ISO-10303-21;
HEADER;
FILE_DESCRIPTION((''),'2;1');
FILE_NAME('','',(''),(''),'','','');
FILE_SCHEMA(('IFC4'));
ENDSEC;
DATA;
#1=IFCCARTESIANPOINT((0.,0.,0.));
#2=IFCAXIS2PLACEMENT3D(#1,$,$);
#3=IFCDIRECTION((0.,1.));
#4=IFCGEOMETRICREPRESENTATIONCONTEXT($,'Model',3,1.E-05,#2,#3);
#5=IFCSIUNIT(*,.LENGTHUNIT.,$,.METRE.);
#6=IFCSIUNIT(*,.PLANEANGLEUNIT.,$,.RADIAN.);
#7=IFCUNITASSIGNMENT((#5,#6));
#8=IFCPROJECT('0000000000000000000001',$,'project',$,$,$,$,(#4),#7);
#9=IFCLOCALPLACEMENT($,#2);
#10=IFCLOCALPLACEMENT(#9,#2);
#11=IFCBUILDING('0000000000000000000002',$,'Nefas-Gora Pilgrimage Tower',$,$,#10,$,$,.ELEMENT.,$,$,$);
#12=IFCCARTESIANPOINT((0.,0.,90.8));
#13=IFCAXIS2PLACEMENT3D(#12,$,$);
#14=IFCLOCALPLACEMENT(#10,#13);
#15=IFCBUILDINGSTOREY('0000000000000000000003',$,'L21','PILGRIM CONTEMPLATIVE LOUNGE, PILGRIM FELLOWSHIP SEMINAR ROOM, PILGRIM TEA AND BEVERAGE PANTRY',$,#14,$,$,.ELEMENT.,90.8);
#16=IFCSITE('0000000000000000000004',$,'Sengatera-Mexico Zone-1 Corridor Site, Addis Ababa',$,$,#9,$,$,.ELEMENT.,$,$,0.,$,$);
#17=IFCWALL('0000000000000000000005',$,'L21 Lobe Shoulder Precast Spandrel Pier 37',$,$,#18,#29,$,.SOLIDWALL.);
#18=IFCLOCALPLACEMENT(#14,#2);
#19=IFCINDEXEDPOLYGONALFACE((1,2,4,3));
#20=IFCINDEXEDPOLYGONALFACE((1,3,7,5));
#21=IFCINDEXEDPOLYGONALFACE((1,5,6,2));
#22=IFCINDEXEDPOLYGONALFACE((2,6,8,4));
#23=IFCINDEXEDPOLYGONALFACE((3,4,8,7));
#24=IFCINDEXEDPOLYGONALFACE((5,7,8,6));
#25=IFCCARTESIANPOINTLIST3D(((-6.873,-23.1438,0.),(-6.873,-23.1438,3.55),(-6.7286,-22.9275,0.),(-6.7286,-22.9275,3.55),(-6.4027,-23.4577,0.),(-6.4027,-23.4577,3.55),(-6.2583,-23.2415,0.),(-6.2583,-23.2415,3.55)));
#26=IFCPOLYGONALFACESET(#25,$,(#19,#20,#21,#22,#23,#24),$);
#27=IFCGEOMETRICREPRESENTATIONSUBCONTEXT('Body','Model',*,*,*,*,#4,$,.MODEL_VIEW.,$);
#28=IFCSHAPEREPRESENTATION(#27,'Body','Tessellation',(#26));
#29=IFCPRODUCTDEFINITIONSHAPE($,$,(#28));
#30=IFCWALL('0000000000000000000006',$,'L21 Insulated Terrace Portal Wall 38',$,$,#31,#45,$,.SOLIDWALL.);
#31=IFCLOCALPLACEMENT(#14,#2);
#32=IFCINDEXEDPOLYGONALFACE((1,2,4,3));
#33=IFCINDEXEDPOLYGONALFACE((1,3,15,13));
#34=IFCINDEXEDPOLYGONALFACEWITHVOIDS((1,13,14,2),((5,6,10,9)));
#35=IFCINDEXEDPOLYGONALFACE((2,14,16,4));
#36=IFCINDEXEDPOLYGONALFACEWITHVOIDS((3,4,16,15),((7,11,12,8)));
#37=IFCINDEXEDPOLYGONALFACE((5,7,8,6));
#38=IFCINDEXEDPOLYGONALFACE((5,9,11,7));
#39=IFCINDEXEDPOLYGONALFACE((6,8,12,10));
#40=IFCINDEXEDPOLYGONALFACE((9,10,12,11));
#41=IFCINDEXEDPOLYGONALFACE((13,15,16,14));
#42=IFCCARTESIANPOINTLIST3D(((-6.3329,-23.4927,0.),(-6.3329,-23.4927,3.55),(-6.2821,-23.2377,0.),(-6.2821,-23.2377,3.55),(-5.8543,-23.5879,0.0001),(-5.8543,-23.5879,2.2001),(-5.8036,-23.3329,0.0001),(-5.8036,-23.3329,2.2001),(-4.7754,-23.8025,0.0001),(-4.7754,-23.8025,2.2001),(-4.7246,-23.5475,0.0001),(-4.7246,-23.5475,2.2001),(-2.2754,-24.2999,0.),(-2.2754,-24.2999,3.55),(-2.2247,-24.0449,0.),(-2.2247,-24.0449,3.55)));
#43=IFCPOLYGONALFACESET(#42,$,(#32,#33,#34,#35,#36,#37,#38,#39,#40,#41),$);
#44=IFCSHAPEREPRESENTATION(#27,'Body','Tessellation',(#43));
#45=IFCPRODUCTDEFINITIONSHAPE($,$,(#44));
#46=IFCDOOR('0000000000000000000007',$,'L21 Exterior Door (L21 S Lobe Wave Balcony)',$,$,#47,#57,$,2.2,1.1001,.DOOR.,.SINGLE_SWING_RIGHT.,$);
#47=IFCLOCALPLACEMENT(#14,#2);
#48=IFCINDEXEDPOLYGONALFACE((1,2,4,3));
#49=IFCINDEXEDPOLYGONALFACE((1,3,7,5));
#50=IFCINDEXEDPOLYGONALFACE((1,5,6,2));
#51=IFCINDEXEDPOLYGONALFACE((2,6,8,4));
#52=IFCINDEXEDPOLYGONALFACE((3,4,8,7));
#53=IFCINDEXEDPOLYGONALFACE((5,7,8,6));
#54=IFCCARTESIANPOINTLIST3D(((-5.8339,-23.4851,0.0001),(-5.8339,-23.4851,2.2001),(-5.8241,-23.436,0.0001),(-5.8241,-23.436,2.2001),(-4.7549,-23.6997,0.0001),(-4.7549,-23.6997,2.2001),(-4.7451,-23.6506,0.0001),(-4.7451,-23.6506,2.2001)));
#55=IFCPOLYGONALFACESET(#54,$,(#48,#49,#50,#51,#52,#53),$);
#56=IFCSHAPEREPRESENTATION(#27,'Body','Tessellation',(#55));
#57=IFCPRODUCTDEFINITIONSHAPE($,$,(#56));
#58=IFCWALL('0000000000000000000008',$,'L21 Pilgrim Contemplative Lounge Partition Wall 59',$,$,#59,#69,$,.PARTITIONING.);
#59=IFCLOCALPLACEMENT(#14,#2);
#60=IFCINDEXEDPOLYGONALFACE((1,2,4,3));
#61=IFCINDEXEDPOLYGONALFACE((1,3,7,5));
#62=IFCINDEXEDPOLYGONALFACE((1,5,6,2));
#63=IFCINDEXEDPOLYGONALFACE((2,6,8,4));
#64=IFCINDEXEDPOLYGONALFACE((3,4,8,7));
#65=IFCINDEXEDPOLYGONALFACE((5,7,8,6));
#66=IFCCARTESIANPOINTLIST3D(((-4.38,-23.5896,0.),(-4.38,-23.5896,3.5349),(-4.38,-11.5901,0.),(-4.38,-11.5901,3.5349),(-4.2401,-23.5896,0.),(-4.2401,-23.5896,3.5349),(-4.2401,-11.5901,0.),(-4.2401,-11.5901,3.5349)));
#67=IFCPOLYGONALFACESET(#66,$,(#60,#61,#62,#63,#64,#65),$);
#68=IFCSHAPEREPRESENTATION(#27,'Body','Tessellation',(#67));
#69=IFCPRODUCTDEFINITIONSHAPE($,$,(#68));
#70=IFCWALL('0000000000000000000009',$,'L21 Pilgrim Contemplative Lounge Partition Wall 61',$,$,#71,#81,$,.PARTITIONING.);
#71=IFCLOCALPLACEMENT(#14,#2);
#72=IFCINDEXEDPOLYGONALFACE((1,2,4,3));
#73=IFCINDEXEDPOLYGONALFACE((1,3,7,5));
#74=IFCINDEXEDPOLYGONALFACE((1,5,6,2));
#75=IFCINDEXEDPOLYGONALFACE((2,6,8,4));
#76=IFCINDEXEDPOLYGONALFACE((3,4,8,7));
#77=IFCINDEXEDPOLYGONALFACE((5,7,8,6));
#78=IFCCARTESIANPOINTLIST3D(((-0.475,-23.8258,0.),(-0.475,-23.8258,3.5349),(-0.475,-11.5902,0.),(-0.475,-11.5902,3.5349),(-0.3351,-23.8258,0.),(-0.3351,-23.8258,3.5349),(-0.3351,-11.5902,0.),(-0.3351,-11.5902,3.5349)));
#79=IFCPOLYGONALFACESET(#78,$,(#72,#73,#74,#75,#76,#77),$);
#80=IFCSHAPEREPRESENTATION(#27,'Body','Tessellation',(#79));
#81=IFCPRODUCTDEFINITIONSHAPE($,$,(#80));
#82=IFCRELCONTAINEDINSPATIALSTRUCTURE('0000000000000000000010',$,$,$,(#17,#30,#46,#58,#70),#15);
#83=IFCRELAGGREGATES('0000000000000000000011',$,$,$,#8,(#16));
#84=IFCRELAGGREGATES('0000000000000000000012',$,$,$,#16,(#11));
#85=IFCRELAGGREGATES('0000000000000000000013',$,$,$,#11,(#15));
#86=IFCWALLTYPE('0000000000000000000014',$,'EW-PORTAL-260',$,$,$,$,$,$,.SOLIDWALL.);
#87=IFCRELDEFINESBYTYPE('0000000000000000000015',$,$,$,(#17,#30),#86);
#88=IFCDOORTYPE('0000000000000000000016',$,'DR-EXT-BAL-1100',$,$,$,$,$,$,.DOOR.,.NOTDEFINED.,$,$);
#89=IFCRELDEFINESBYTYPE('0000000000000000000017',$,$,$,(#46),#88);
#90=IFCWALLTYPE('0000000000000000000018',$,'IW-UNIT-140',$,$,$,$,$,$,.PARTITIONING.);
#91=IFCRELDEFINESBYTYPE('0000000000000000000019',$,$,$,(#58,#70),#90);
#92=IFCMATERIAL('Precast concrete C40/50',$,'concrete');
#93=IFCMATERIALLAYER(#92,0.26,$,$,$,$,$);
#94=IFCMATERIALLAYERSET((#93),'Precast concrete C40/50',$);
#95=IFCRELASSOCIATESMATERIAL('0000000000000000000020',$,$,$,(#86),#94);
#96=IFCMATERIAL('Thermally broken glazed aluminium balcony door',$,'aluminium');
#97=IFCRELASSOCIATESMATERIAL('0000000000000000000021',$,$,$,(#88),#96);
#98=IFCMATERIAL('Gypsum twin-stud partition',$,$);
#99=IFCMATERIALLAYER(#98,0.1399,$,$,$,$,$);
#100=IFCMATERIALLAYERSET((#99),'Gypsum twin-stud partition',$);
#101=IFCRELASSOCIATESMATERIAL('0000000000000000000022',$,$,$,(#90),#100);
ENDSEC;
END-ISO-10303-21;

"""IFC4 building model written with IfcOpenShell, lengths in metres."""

from ifc_helpers import new_model, si_unit, direction, frame, frame_2d, origin, place, context, subcontext, project, spatial, rectangle, extrude, source, transform, mapped, material, layer, layer_set, type_object, element, fill, save


model = new_model("IFC4")

# Units and contexts
model_context = context("Model", 3, precision=1e-05, world=origin(), true_north=direction((0.0, 1.0)))
body_context = subcontext(model_context, "Body", "Model", "MODEL_VIEW")
ifc_project = project(units=[si_unit("LENGTHUNIT", "METRE"), si_unit("PLANEANGLEUNIT", "RADIAN")], contexts=[model_context])

# Site, building, storey
site_placement = place(None, origin())
site = spatial("IfcSite", under=ifc_project, at=site_placement, Name="Sengatera-Mexico Zone-1 Corridor Site, Addis Ababa", CompositionType="ELEMENT", RefElevation=0.0)
building_placement = place(site_placement, origin())
building = spatial("IfcBuilding", under=site, at=building_placement, Name="Nefas-Gora Pilgrimage Tower", CompositionType="ELEMENT")
storey_placement = place(building_placement, frame((0.0, 0.0, 90.8)))
storey = spatial("IfcBuildingStorey", under=building, at=storey_placement, Name="L21", Description="PILGRIM CONTEMPLATIVE LOUNGE, PILGRIM FELLOWSHIP SEMINAR ROOM, PILGRIM TEA AND BEVERAGE PANTRY", CompositionType="ELEMENT", Elevation=90.8)

# Wall
ifc_material_1 = material(Name="Precast concrete C40/50", Category="concrete")
ifc_layer_1 = layer(ifc_material_1, 0.26)
ifc_layer_set_1 = layer_set([ifc_layer_1], Name="Precast concrete C40/50")
wall_type_1 = type_object("IfcWallType", Name="EW-PORTAL-260", PredefinedType="SOLIDWALL", material=ifc_layer_set_1)
shared_shape_1 = source(origin(), body_context, "Body", "SweptSolid", [
    extrude(rectangle(XDim=0.5654, YDim=0.26, at=frame_2d((0.2827, 0.0))), origin(), (0.0, 0.0, 1.0), 3.55),
])
wall_1_placement = place(storey_placement, frame((-6.8008, -23.0356, 0.0), z_axis=(0.0, 0.0, 1.0), x_axis=(0.831651, -0.555298, 0.0)))
element("IfcWall", 1, at=wall_1_placement, inside=storey, type_object=wall_type_1, Name="L21 Lobe Shoulder Precast Spandrel Pier 37", PredefinedType="SOLIDWALL", context=body_context, shape_type="MappedRepresentation", body=[
    mapped(shared_shape_1, transform((0.0, 0.0, 0.0), x_axis=(1.0, 0.0, 0.0), y_axis=(0.0, 1.0, 0.0), z_axis=(0.0, 0.0, 1.0), scale=1.0)),
])

# Wall, opening, door
shared_shape_2 = source(origin(), body_context, "Body", "SweptSolid", [
    extrude(rectangle(XDim=4.137, YDim=0.26, at=frame_2d((2.0684, 0.0))), origin(), (0.0, 0.0, 1.0), 3.55),
])
wall_2_placement = place(storey_placement, frame((-6.3074, -23.3652, 0.0), z_axis=(0.0, 0.0, 1.0), x_axis=(0.980782, -0.195106, 0.0)))
wall_2 = element("IfcWall", 2, at=wall_2_placement, inside=storey, type_object=wall_type_1, Name="L21 Insulated Terrace Portal Wall 38", PredefinedType="SOLIDWALL", context=body_context, shape_type="MappedRepresentation", body=[
    mapped(shared_shape_2, transform((0.0, 0.0, 0.0), x_axis=(1.0, 0.0, 0.0), y_axis=(0.0, 1.0, 0.0), z_axis=(0.0, 0.0, 1.0), scale=1.0)),
])
opening_placement = place(wall_2_placement, frame((0.4878, 0.0, 0.0)))
opening = element("IfcOpeningElement", 3, at=opening_placement, cuts=wall_2, PredefinedType="OPENING", context=body_context, shape_type="SweptSolid", body=[
    extrude(rectangle(XDim=1.1001, YDim=2.2, at=frame_2d((0.55, 1.1001))), frame((0.0, 0.1399, 0.0), z_axis=(0.0, -1.0, 0.0), x_axis=(1.0, 0.0, 0.0)), (0.0, 0.0, 1.0), 0.28),
])
ifc_material_2 = material(Name="Thermally broken glazed aluminium balcony door", Category="aluminium")
door_type = type_object("IfcDoorType", Name="DR-EXT-BAL-1100", OperationType="NOTDEFINED", PredefinedType="DOOR", material=ifc_material_2)
shared_shape_3 = source(origin(), body_context, "Body", "SweptSolid", [
    extrude(rectangle(XDim=1.1001, YDim=2.2, at=frame_2d((0.55, 1.1001))), frame((0.0, 0.0249, 0.0), z_axis=(0.0, -1.0, 0.0), x_axis=(1.0, 0.0, 0.0)), (0.0, 0.0, 1.0), 0.05),
])
door_placement = place(opening_placement, origin())
door = element("IfcDoor", 4, at=door_placement, inside=storey, type_object=door_type, Name="L21 Exterior Door (L21 S Lobe Wave Balcony)", OperationType="SINGLE_SWING_RIGHT", OverallHeight=2.2, OverallWidth=1.1001, PredefinedType="DOOR", context=body_context, shape_type="MappedRepresentation", body=[
    mapped(shared_shape_3, transform((0.0, 0.0, 0.0), x_axis=(1.0, 0.0, 0.0), y_axis=(0.0, 1.0, 0.0), z_axis=(0.0, 0.0, 1.0), scale=1.0)),
])
fill(opening, door)

# Walls
ifc_material_3 = material(Name="Gypsum twin-stud partition")
ifc_layer_2 = layer(ifc_material_3, 0.1399)
ifc_layer_set_2 = layer_set([ifc_layer_2], Name="Gypsum twin-stud partition")
wall_type_2 = type_object("IfcWallType", Name="IW-UNIT-140", PredefinedType="PARTITIONING", material=ifc_layer_set_2)
shared_shape_4 = source(origin(), body_context, "Body", "SweptSolid", [
    extrude(rectangle(XDim=11.9995, YDim=0.1399, at=frame_2d((5.9998, 0.0))), origin(), (0.0, 0.0, 1.0), 3.5349),
])
wall_3_placement = place(storey_placement, frame((-4.3101, -23.5896, 0.0), z_axis=(0.0, 0.0, 1.0), x_axis=(0.0, 1.0, 0.0)))
element("IfcWall", 5, at=wall_3_placement, inside=storey, type_object=wall_type_2, Name="L21 Pilgrim Contemplative Lounge Partition Wall 59", PredefinedType="PARTITIONING", context=body_context, shape_type="MappedRepresentation", body=[
    mapped(shared_shape_4, transform((0.0, 0.0, 0.0), x_axis=(1.0, 0.0, 0.0), y_axis=(0.0, 1.0, 0.0), z_axis=(0.0, 0.0, 1.0), scale=1.0)),
])
shared_shape_5 = source(origin(), body_context, "Body", "SweptSolid", [
    extrude(rectangle(XDim=12.2356, YDim=0.1399, at=frame_2d((6.1177, 0.0))), origin(), (0.0, 0.0, 1.0), 3.5349),
])
wall_4_placement = place(storey_placement, frame((-0.405, -23.8257, 0.0), z_axis=(0.0, 0.0, 1.0), x_axis=(0.0, 1.0, 0.0)))
element("IfcWall", 6, at=wall_4_placement, inside=storey, type_object=wall_type_2, Name="L21 Pilgrim Contemplative Lounge Partition Wall 61", PredefinedType="PARTITIONING", context=body_context, shape_type="MappedRepresentation", body=[
    mapped(shared_shape_5, transform((0.0, 0.0, 0.0), x_axis=(1.0, 0.0, 0.0), y_axis=(0.0, 1.0, 0.0), z_axis=(0.0, 0.0, 1.0), scale=1.0)),
])

save(model, "model.ifc")
